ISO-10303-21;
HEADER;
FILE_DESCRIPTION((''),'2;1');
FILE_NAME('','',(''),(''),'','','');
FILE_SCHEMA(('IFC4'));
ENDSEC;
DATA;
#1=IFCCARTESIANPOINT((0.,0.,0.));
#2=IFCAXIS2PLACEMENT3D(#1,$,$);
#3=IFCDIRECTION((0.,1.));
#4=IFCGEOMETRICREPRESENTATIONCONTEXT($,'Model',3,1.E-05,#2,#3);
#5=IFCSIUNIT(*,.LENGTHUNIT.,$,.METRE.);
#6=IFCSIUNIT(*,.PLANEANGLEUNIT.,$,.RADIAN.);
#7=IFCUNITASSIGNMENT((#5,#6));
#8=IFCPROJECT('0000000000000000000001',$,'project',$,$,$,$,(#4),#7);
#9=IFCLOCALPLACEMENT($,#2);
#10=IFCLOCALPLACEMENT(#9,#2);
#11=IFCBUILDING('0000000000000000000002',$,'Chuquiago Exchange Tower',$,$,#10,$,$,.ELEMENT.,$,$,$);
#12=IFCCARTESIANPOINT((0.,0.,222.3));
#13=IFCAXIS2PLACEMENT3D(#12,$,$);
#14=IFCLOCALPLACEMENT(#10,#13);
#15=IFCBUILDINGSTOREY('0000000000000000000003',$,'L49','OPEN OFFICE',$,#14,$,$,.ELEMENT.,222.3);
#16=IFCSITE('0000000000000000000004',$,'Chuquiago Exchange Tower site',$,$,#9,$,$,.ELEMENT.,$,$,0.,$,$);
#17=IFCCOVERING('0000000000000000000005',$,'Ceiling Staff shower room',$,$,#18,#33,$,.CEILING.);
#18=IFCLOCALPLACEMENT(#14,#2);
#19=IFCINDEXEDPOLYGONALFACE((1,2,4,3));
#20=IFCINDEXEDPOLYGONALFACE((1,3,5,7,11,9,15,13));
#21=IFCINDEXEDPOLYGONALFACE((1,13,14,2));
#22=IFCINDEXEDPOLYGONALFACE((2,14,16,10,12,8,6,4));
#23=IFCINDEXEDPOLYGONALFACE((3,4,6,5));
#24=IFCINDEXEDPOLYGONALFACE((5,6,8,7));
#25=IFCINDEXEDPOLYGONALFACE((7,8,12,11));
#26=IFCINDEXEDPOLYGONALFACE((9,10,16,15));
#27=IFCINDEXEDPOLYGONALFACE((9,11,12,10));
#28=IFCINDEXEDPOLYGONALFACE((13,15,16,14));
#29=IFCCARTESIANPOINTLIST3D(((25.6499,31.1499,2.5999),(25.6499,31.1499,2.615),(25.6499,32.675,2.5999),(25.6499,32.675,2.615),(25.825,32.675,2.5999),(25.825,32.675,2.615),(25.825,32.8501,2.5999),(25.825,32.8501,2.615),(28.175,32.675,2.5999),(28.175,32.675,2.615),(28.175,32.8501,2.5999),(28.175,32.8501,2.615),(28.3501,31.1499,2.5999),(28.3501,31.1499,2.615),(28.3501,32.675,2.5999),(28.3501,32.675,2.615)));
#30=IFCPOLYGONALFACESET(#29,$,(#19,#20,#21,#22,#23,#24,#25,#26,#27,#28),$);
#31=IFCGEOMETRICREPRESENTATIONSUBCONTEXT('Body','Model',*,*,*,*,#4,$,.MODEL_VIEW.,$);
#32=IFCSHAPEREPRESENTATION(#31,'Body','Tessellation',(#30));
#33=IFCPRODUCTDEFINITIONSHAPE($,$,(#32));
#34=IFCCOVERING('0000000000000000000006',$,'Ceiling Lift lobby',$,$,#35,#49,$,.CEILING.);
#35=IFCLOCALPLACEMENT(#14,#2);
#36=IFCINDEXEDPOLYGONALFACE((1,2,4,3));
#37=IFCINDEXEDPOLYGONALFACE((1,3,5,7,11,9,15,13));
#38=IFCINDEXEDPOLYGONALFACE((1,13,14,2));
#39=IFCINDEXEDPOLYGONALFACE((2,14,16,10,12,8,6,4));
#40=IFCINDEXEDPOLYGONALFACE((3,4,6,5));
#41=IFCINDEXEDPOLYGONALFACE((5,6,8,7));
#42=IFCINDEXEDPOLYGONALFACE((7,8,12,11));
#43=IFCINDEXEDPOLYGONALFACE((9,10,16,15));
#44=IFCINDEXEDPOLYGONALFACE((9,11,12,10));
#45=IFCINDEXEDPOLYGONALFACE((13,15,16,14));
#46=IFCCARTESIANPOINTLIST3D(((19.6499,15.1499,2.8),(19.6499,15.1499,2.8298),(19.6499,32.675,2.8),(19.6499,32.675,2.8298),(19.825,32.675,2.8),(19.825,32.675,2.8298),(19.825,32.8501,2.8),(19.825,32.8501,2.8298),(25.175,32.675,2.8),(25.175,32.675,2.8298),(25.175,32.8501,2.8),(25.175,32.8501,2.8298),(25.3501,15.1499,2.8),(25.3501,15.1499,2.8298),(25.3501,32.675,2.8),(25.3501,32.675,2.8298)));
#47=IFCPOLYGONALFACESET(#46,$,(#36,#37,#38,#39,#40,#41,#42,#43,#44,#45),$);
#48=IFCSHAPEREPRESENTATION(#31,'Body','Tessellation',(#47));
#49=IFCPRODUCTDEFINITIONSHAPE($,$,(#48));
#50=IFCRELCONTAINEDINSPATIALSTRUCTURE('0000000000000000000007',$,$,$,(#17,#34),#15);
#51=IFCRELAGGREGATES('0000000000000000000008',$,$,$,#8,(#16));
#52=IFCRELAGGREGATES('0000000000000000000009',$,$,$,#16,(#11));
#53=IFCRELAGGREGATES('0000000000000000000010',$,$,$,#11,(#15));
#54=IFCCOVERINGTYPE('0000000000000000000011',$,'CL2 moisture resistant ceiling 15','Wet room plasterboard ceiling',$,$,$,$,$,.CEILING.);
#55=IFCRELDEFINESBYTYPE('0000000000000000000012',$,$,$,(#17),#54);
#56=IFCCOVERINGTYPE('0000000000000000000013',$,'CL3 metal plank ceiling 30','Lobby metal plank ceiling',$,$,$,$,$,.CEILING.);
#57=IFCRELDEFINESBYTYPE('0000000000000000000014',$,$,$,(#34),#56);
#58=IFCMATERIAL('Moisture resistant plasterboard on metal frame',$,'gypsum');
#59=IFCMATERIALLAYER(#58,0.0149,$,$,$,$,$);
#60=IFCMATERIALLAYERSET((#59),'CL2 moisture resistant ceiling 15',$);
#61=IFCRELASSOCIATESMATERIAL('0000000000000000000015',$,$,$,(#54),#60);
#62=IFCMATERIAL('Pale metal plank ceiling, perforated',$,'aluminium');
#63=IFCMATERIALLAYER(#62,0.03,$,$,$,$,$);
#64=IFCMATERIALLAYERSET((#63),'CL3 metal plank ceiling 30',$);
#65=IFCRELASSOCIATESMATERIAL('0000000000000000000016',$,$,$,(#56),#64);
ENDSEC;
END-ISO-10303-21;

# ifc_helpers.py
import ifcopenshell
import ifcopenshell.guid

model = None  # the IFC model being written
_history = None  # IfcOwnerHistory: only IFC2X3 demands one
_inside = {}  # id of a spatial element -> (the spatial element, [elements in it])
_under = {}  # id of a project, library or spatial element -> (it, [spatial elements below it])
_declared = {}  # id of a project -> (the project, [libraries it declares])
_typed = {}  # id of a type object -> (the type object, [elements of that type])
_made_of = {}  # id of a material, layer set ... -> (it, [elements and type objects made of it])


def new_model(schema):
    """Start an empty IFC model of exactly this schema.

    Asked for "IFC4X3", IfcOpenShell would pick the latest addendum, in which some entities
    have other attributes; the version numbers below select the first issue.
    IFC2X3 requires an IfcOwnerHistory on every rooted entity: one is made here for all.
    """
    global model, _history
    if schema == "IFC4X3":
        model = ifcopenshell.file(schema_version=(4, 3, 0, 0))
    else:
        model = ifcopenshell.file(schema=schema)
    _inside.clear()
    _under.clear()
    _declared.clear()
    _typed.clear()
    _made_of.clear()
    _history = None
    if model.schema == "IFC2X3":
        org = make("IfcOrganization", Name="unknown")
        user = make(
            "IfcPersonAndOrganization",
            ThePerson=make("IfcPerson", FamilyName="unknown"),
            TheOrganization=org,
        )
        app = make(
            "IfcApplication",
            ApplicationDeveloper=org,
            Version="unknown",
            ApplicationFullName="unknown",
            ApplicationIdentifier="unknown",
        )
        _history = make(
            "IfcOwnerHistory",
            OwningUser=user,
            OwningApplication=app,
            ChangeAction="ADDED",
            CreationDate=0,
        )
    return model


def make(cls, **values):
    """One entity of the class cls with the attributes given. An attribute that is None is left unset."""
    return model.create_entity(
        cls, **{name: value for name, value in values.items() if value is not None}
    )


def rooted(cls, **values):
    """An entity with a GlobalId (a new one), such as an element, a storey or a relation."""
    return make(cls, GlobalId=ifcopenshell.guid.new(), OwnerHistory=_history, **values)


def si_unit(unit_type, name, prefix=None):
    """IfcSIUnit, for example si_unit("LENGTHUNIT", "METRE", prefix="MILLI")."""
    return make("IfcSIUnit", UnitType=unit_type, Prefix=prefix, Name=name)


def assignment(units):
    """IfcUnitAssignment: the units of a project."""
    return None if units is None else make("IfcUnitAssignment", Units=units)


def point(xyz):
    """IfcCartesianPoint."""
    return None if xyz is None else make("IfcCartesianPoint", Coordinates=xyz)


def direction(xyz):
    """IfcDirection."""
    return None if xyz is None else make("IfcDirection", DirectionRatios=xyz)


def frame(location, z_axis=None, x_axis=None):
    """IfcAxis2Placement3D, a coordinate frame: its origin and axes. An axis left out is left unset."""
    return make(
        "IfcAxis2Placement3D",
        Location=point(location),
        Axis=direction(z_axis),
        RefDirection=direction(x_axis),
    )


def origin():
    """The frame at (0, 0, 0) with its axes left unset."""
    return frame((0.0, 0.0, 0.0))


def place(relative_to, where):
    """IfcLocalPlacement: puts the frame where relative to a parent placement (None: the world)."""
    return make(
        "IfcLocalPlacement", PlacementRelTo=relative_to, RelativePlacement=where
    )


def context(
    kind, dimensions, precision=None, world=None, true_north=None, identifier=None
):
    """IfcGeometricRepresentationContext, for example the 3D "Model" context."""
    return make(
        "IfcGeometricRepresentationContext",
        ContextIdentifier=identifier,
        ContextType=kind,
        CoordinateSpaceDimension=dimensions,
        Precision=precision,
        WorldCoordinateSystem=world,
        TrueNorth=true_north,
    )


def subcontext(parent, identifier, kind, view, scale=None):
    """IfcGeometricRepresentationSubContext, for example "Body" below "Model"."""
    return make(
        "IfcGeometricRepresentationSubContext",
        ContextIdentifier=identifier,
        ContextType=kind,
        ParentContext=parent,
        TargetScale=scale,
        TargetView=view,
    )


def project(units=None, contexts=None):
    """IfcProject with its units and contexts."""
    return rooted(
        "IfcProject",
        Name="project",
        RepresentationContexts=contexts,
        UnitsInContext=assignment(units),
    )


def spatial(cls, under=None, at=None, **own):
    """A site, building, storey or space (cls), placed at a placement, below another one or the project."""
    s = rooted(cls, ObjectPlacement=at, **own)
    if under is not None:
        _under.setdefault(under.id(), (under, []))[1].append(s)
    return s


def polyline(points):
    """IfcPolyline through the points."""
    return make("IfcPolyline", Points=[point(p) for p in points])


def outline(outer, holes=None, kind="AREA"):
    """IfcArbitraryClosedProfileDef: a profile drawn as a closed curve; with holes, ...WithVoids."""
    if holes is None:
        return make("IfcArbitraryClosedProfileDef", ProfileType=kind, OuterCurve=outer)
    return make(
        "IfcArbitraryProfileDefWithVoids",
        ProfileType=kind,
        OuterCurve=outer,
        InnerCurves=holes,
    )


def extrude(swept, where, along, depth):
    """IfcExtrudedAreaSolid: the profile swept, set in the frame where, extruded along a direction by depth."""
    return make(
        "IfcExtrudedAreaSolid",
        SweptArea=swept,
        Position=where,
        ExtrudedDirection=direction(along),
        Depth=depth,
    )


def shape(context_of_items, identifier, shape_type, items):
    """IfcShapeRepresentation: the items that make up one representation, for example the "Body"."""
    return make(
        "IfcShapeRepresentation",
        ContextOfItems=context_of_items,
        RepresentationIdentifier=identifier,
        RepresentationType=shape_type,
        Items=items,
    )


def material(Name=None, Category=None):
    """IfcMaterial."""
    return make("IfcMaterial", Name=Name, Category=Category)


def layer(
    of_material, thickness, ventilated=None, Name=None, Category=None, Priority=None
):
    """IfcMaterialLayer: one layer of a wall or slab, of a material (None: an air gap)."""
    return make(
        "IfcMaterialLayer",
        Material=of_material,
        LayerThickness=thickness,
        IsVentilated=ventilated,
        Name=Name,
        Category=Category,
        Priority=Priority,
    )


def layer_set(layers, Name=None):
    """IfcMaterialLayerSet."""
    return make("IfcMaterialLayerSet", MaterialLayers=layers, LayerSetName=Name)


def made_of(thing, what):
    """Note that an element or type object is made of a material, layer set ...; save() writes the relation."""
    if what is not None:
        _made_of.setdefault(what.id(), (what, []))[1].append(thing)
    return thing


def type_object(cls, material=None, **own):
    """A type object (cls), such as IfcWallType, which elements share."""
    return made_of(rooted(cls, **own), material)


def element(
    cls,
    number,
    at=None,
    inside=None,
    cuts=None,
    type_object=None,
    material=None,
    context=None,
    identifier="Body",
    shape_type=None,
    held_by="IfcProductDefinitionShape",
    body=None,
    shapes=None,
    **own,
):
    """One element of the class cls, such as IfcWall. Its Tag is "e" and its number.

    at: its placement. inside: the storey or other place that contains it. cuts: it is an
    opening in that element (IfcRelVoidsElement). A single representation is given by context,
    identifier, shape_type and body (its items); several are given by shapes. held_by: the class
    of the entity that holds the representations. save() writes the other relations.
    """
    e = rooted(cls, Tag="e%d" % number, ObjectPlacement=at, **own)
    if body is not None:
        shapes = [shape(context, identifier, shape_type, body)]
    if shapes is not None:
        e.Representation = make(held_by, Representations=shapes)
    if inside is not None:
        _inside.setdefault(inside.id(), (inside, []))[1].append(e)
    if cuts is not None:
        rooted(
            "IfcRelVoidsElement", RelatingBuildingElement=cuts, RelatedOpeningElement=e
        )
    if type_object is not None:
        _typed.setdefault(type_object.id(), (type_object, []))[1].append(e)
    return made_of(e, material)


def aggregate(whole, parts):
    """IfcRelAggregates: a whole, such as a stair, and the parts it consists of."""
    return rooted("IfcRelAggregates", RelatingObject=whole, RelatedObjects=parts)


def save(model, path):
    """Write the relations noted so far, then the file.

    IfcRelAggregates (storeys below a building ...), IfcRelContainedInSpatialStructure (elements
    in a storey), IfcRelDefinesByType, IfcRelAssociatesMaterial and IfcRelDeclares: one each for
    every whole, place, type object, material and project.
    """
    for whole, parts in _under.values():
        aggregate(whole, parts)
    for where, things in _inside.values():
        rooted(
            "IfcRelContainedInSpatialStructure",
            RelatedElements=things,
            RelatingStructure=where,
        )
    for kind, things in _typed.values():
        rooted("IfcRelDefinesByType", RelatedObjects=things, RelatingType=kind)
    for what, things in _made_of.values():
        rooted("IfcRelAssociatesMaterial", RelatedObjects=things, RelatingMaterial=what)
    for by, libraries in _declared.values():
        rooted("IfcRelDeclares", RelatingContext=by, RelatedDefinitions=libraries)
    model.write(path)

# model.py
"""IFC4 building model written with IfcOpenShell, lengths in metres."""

from ifc_helpers import new_model, si_unit, direction, frame, origin, place, context, subcontext, project, spatial, polyline, outline, extrude, material, layer, layer_set, type_object, element, save


model = new_model("IFC4")

# Units and contexts
model_context = context("Model", 3, precision=1e-05, world=origin(), true_north=direction((0.0, 1.0)))
body_context = subcontext(model_context, "Body", "Model", "MODEL_VIEW")
ifc_project = project(units=[si_unit("LENGTHUNIT", "METRE"), si_unit("PLANEANGLEUNIT", "RADIAN")], contexts=[model_context])

# Site, building, storey
site_placement = place(None, origin())
site = spatial("IfcSite", under=ifc_project, at=site_placement, Name="Chuquiago Exchange Tower site", CompositionType="ELEMENT", RefElevation=0.0)
building_placement = place(site_placement, origin())
building = spatial("IfcBuilding", under=site, at=building_placement, Name="Chuquiago Exchange Tower", CompositionType="ELEMENT")
storey_placement = place(building_placement, frame((0.0, 0.0, 222.3)))
storey = spatial("IfcBuildingStorey", under=building, at=storey_placement, Name="L49", Description="OPEN OFFICE", CompositionType="ELEMENT", Elevation=222.3)

# Coverings
ifc_material_1 = material(Name="Moisture resistant plasterboard on metal frame", Category="gypsum")
ifc_layer_1 = layer(ifc_material_1, 0.0149)
ifc_layer_set_1 = layer_set([ifc_layer_1], Name="CL2 moisture resistant ceiling 15")
covering_type_1 = type_object("IfcCoveringType", Name="CL2 moisture resistant ceiling 15", Description="Wet room plasterboard ceiling", PredefinedType="CEILING", material=ifc_layer_set_1)
covering_1_placement = place(storey_placement, frame((0.0, 0.0, 2.5999)))
element("IfcCovering", 1, at=covering_1_placement, inside=storey, type_object=covering_type_1, Name="Ceiling Staff shower room", PredefinedType="CEILING", context=body_context, shape_type="SweptSolid", body=[
    extrude(outline(polyline([(25.6499, 31.1499), (25.6499, 32.675), (25.825, 32.675), (25.825, 32.8501), (28.175, 32.8501), (28.175, 32.675), (28.3501, 32.675), (28.3501, 31.1499), (25.6499, 31.1499)])), origin(), (0.0, 0.0, 1.0), 0.0151),
])
ifc_material_2 = material(Name="Pale metal plank ceiling, perforated", Category="aluminium")
ifc_layer_2 = layer(ifc_material_2, 0.03)
ifc_layer_set_2 = layer_set([ifc_layer_2], Name="CL3 metal plank ceiling 30")
covering_type_2 = type_object("IfcCoveringType", Name="CL3 metal plank ceiling 30", Description="Lobby metal plank ceiling", PredefinedType="CEILING", material=ifc_layer_set_2)
covering_2_placement = place(storey_placement, frame((0.0, 0.0, 2.8)))
element("IfcCovering", 2, at=covering_2_placement, inside=storey, type_object=covering_type_2, Name="Ceiling Lift lobby", PredefinedType="CEILING", context=body_context, shape_type="SweptSolid", body=[
    extrude(outline(polyline([(19.6499, 15.1499), (19.6499, 32.675), (19.825, 32.675), (19.825, 32.8501), (25.175, 32.8501), (25.175, 32.675), (25.3501, 32.675), (25.3501, 15.1499), (19.6499, 15.1499)])), origin(), (0.0, 0.0, 1.0), 0.0298),
])

save(model, "model.ifc")
